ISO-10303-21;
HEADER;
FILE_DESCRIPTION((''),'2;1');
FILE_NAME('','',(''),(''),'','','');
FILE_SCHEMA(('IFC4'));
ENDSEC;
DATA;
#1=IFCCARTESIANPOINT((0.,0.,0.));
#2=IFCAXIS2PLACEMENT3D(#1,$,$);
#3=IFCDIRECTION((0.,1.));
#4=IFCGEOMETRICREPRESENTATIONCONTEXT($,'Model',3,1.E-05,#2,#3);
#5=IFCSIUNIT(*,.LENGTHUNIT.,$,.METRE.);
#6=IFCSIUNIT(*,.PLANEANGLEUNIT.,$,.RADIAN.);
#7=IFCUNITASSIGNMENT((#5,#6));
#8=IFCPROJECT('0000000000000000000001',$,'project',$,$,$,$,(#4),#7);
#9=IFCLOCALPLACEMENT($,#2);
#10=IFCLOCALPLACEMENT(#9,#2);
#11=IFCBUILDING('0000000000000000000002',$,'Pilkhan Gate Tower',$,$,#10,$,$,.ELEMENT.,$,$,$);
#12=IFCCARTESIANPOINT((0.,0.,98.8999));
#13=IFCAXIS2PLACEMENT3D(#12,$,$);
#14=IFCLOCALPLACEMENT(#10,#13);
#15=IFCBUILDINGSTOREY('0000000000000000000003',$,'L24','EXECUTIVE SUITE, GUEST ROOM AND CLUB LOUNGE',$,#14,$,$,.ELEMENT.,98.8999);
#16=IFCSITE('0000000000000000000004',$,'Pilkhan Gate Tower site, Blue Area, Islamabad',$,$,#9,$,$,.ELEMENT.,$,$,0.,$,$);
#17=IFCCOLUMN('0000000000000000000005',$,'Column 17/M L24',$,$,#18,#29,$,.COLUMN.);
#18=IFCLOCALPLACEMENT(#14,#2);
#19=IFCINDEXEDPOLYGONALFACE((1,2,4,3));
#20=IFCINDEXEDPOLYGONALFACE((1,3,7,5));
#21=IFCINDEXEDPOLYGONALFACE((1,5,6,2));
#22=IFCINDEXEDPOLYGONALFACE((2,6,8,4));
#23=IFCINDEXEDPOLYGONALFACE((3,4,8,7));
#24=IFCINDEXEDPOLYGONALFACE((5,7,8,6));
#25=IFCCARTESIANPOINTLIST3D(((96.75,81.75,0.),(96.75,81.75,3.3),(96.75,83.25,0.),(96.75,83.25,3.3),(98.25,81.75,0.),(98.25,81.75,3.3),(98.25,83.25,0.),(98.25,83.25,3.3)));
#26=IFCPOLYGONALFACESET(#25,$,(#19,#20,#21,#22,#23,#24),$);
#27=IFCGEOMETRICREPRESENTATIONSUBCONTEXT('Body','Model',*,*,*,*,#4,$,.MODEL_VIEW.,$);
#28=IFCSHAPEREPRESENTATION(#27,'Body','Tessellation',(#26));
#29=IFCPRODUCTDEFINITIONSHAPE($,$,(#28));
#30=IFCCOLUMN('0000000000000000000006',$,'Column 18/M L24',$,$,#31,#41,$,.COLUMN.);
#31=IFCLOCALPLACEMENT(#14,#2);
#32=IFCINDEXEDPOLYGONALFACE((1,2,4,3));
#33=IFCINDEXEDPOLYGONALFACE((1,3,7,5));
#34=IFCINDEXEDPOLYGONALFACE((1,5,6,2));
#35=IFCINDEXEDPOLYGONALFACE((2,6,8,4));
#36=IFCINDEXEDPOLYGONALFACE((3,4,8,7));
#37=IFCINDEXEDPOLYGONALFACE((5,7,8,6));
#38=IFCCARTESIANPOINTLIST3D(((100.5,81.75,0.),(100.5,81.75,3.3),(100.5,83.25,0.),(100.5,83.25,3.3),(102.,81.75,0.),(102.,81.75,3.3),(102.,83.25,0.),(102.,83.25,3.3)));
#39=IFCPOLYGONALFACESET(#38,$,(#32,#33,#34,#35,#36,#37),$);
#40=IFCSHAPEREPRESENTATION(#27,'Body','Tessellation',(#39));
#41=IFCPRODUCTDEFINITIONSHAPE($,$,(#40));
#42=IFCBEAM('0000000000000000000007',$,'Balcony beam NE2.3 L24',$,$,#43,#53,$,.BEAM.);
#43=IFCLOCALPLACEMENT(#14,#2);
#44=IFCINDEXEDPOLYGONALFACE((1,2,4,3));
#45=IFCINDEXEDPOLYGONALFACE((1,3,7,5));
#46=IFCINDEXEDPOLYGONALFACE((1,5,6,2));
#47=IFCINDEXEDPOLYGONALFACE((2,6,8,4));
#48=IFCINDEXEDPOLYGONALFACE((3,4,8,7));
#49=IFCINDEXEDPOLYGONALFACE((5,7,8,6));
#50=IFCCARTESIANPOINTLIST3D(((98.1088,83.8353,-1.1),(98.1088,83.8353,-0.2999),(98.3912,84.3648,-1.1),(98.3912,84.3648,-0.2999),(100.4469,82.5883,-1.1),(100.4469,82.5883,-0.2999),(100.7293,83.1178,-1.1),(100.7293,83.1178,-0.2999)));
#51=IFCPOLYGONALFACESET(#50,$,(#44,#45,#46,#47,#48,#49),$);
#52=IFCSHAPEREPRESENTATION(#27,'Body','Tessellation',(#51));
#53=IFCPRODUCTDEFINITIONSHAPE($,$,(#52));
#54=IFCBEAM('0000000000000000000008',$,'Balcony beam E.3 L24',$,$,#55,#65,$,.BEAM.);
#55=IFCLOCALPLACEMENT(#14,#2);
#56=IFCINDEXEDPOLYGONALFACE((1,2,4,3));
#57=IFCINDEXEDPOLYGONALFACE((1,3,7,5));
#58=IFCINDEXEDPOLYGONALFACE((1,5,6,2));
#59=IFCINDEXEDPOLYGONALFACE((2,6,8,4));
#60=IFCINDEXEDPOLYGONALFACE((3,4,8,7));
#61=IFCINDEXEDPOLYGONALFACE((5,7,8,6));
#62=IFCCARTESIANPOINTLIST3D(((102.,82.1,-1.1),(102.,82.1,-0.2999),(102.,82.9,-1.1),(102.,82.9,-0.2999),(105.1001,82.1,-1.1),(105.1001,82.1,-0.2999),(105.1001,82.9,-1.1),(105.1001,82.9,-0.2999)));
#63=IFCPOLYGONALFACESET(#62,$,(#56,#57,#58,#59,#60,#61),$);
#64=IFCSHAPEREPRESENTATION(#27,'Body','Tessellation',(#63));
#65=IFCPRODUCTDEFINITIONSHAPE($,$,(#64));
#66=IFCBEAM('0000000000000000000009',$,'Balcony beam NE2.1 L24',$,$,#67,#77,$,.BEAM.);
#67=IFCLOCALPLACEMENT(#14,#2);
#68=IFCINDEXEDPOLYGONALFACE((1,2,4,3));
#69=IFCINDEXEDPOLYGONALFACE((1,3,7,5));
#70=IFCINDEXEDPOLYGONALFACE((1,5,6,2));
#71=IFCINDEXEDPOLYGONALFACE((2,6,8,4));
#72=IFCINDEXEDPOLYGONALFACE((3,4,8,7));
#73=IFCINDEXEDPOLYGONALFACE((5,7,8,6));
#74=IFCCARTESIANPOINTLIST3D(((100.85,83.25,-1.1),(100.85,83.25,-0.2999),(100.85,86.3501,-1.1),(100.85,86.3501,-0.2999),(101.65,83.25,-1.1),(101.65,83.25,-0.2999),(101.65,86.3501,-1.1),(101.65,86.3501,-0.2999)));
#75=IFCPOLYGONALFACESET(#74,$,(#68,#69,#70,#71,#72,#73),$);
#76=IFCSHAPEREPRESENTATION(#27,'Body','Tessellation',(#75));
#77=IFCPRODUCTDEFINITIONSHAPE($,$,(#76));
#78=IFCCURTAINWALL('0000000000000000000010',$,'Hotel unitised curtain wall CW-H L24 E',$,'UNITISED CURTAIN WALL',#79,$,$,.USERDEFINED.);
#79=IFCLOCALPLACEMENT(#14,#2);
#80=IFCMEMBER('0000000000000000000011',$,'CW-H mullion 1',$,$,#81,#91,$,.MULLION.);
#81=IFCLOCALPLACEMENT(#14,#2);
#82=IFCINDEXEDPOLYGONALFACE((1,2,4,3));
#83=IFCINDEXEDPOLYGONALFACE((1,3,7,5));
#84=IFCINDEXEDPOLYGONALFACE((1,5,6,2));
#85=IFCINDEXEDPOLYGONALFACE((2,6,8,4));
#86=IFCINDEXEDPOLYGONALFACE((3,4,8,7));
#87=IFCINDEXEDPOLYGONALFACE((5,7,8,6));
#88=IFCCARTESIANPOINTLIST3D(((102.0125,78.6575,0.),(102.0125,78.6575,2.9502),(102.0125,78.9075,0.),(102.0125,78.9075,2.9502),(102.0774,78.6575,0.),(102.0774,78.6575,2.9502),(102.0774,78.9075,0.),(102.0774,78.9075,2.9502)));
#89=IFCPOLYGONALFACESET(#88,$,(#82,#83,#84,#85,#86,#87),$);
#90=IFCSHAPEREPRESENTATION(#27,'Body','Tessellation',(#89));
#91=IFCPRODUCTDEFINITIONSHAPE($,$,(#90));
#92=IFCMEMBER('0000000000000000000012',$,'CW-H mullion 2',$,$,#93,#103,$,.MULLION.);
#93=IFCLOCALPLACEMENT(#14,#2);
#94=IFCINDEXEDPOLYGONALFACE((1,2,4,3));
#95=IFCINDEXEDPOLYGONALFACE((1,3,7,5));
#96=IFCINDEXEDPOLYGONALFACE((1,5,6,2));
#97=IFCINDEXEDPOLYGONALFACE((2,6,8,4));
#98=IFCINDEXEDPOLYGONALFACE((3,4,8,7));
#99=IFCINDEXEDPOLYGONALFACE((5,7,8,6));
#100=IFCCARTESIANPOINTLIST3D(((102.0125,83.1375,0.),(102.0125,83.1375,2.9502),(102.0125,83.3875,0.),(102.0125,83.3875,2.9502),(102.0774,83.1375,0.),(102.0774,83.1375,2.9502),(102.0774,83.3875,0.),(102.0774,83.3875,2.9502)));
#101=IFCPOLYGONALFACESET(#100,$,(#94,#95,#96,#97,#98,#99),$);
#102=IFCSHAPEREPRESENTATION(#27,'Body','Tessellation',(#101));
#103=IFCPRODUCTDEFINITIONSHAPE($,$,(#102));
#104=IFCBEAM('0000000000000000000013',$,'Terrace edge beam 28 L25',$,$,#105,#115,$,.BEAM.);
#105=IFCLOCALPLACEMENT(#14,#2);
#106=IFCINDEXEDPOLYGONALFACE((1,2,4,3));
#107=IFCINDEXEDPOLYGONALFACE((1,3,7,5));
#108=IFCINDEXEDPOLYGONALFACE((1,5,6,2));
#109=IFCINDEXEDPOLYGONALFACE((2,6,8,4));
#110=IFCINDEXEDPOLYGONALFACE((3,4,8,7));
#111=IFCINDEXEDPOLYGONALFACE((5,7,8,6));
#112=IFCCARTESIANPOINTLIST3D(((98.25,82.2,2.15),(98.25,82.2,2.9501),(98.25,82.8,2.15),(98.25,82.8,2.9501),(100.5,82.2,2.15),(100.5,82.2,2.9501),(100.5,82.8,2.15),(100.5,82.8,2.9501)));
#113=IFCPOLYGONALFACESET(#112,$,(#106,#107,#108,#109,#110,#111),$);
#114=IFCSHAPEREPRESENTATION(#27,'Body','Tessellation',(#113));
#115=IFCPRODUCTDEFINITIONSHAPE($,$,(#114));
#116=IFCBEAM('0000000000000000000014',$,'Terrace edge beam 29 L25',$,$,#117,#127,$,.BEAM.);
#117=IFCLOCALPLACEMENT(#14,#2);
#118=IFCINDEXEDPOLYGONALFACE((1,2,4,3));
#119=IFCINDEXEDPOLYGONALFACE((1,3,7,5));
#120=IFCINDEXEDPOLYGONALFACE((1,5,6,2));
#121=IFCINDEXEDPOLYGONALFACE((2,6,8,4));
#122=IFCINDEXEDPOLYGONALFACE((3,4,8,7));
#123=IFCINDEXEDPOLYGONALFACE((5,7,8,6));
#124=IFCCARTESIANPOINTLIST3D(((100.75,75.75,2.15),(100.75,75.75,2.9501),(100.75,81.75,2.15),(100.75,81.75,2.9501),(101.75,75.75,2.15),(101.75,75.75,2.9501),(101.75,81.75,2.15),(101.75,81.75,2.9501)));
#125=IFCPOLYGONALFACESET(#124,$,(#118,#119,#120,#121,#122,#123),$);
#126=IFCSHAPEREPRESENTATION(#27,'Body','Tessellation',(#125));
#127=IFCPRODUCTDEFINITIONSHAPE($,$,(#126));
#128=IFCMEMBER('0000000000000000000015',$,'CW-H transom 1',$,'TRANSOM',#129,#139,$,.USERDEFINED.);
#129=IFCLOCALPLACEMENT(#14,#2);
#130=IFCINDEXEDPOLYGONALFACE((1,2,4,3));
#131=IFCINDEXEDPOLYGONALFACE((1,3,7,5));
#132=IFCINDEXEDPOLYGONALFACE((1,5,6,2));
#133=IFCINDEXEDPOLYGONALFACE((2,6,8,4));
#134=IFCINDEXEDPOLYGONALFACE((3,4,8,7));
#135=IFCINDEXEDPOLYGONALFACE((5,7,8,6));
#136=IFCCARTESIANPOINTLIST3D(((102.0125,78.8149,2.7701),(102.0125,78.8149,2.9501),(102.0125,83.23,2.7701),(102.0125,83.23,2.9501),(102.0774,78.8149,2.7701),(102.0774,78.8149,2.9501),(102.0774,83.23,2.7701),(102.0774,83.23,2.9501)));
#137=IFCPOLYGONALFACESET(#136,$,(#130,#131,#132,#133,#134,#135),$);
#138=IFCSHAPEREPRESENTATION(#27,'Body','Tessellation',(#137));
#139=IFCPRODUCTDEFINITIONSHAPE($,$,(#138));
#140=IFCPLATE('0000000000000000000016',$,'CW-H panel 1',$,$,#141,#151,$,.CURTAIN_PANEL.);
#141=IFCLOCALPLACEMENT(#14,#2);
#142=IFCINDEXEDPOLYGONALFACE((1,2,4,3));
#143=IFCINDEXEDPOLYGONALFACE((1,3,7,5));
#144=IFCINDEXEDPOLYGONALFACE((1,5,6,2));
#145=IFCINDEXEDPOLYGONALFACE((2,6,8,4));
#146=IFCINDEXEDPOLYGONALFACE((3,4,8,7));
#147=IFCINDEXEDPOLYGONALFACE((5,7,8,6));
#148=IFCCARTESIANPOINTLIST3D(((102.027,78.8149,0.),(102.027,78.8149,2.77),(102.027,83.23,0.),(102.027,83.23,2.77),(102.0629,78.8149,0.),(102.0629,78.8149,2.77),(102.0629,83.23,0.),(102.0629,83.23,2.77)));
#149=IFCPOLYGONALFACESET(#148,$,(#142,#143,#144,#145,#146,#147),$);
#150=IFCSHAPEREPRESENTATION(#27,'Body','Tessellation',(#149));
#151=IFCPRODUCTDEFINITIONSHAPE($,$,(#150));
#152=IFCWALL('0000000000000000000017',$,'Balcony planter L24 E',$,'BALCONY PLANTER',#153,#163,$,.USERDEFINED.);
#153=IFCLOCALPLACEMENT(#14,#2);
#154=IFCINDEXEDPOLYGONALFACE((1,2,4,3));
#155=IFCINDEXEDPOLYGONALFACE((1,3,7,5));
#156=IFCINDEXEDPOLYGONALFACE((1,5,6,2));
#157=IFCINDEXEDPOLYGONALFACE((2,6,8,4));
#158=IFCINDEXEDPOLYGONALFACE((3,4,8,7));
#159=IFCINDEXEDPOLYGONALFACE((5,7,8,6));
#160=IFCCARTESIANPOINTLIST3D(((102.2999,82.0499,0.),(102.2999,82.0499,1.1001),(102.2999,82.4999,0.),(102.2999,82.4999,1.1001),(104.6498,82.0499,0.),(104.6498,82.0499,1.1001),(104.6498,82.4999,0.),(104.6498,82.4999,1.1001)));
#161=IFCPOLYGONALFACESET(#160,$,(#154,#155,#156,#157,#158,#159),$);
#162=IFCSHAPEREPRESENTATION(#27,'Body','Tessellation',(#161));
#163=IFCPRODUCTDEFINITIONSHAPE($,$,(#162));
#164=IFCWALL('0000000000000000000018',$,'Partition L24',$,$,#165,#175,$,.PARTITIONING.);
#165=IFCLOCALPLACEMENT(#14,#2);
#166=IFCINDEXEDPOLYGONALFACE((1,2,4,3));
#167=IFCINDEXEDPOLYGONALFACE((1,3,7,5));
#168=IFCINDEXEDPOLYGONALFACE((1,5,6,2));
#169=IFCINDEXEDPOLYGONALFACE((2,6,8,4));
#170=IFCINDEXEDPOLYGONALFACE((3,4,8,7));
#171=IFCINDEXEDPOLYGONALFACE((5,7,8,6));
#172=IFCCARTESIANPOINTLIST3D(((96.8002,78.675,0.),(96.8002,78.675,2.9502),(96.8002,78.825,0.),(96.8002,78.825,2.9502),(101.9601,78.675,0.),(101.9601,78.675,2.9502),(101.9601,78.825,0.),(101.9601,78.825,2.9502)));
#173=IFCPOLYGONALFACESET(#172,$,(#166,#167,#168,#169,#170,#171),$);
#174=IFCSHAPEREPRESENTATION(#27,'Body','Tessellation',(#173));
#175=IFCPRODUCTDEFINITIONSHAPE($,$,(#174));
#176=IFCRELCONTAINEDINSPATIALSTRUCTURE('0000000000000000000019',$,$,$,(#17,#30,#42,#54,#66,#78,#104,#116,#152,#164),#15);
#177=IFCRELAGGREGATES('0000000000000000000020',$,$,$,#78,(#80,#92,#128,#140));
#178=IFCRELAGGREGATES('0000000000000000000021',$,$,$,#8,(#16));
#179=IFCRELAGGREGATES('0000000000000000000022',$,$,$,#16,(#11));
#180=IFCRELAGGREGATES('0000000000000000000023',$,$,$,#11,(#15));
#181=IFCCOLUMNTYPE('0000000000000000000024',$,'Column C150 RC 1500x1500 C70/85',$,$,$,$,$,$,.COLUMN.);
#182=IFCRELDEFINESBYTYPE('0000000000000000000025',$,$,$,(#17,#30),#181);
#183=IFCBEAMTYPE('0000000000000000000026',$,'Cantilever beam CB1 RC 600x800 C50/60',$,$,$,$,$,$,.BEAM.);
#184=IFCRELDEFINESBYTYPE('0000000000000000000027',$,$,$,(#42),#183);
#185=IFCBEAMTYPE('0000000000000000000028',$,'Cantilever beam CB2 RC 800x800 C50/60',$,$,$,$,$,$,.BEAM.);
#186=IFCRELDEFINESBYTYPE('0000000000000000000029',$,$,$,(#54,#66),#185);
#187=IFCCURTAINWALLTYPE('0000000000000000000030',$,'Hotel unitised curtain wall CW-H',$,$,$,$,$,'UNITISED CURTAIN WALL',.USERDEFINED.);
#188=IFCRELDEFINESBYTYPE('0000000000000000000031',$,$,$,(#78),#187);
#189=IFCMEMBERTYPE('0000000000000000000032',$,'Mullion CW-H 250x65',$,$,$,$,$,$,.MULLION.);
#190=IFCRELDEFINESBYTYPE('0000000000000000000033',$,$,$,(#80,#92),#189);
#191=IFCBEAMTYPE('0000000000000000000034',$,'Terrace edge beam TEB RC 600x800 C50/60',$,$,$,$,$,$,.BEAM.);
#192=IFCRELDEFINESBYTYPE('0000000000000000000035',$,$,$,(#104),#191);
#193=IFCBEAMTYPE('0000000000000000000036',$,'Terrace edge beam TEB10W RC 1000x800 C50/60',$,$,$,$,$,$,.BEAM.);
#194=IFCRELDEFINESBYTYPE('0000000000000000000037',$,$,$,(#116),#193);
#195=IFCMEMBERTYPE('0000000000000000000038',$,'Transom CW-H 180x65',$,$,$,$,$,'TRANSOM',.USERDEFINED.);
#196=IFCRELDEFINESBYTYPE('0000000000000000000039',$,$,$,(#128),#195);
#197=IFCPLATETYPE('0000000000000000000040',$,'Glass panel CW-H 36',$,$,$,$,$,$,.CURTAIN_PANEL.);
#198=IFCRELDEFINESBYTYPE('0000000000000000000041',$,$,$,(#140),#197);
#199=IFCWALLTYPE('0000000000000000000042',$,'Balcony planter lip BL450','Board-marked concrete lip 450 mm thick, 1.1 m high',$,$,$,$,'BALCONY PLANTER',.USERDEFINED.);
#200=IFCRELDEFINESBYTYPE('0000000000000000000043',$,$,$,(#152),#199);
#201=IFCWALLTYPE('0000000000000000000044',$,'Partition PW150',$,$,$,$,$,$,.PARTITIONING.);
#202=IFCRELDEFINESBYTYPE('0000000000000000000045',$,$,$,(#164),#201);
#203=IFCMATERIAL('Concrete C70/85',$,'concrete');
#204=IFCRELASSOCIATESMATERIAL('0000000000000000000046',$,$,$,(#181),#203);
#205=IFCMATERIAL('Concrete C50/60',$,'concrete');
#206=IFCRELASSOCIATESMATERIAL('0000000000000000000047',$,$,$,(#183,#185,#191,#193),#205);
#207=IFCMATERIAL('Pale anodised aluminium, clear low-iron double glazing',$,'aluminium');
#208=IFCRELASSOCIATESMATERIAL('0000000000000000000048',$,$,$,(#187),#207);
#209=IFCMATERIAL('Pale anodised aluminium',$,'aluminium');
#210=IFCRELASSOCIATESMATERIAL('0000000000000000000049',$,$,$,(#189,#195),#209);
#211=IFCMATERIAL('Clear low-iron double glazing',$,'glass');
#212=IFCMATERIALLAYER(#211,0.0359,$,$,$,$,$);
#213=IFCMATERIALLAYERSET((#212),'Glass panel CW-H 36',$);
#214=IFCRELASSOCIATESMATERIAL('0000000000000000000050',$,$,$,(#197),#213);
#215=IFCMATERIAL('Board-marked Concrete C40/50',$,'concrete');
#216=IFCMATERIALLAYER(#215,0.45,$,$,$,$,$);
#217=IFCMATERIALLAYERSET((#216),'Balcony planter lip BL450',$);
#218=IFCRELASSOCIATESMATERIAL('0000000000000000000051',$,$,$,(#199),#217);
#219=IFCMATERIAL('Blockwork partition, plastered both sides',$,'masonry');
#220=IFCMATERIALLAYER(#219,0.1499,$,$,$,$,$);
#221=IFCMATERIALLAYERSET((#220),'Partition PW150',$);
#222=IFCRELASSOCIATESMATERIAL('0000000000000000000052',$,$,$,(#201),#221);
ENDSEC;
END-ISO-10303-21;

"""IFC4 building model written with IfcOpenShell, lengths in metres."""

from ifc_helpers import new_model, si_unit, direction, frame, frame_2d, origin, origin_2d, place, context, subcontext, project, spatial, rectangle, extrude, material, layer, layer_set, material_profile, profile_set, type_object, element, aggregate, save


model = new_model("IFC4")

# Units and contexts
model_context = context("Model", 3, precision=1e-05, world=origin(), true_north=direction((0.0, 1.0)))
body_context = subcontext(model_context, "Body", "Model", "MODEL_VIEW")
ifc_project = project(units=[si_unit("LENGTHUNIT", "METRE"), si_unit("PLANEANGLEUNIT", "RADIAN")], contexts=[model_context])

# Site, building, storey
site_placement = place(None, origin())
site = spatial("IfcSite", under=ifc_project, at=site_placement, Name="Pilkhan Gate Tower site, Blue Area, Islamabad", CompositionType="ELEMENT", RefElevation=0.0)
building_placement = place(site_placement, origin())
building = spatial("IfcBuilding", under=site, at=building_placement, Name="Pilkhan Gate Tower", CompositionType="ELEMENT")
storey_placement = place(building_placement, frame((0.0, 0.0, 98.8999)))
storey = spatial("IfcBuildingStorey", under=building, at=storey_placement, Name="L24", Description="EXECUTIVE SUITE, GUEST ROOM AND CLUB LOUNGE", CompositionType="ELEMENT", Elevation=98.8999)

# Columns
ifc_material_1 = material(Name="Concrete C70/85", Category="concrete")
ifc_material_profile_1 = material_profile(ifc_material_1, rectangle(XDim=1.5, YDim=1.5, at=origin_2d()), Name="RC 1500x1500")
ifc_profile_set_1 = profile_set([ifc_material_profile_1], Name="Concrete C70/85")
column_type = type_object("IfcColumnType", Name="Column C150 RC 1500x1500 C70/85", PredefinedType="COLUMN", material=ifc_profile_set_1)
for number, where, z_axis, x_axis, name in (
    (1, (97.5, 82.5, 0.0), (0.0, 0.0, 1.0), (1.0, 0.0, 0.0), "Column 17/M L24"),
    (2, (101.25, 82.5, 0.0), (0.0, 0.0, 1.0), (1.0, 0.0, 0.0), "Column 18/M L24"),
):
    element("IfcColumn", number, at=place(storey_placement, frame(where, z_axis=z_axis, x_axis=x_axis)), inside=storey, type_object=column_type, Name=name, PredefinedType="COLUMN", context=body_context, shape_type="SweptSolid", body=[
        extrude(rectangle(XDim=1.5, YDim=1.5, at=origin_2d()), origin(), (0.0, 0.0, 1.0), 3.3),
    ])

# Beams
ifc_material_2 = material(Name="Concrete C50/60", Category="concrete")
ifc_material_profile_2 = material_profile(ifc_material_2, rectangle(XDim=0.6001, YDim=0.8, at=origin_2d()), Name="RC 600x800")
ifc_profile_set_2 = profile_set([ifc_material_profile_2], Name="Concrete C50/60")
beam_type_1 = type_object("IfcBeamType", Name="Cantilever beam CB1 RC 600x800 C50/60", PredefinedType="BEAM", material=ifc_profile_set_2)
beam_1_placement = place(storey_placement, frame((100.5881, 82.853, -0.7), z_axis=(-0.882343, 0.470607, 0.0), x_axis=(-0.470607, -0.882343, 0.0)))
element("IfcBeam", 3, at=beam_1_placement, inside=storey, type_object=beam_type_1, Name="Balcony beam NE2.3 L24", PredefinedType="BEAM", context=body_context, shape_type="SweptSolid", body=[
    extrude(rectangle(XDim=0.6001, YDim=0.8, at=origin_2d()), origin(), (0.0, 0.0, 1.0), 2.6499),
])
ifc_material_profile_3 = material_profile(ifc_material_2, rectangle(XDim=0.8, YDim=0.8, at=origin_2d()), Name="RC 800x800")
ifc_profile_set_3 = profile_set([ifc_material_profile_3], Name="Concrete C50/60")
beam_type_2 = type_object("IfcBeamType", Name="Cantilever beam CB2 RC 800x800 C50/60", PredefinedType="BEAM", material=ifc_profile_set_3)
for number, where, z_axis, x_axis, name in (
    (4, (102.0, 82.5, -0.7), (1.0, 0.0, 0.0), (0.0, 1.0, 0.0), "Balcony beam E.3 L24"),
    (5, (101.25, 83.25, -0.7), (0.0, 1.0, 0.0), (-1.0, 0.0, 0.0), "Balcony beam NE2.1 L24"),
):
    element("IfcBeam", number, at=place(storey_placement, frame(where, z_axis=z_axis, x_axis=x_axis)), inside=storey, type_object=beam_type_2, Name=name, PredefinedType="BEAM", context=body_context, shape_type="SweptSolid", body=[
        extrude(rectangle(XDim=0.8, YDim=0.8, at=origin_2d()), origin(), (0.0, 0.0, 1.0), 3.1001),
    ])

# Curtain wall, members
ifc_material_3 = material(Name="Pale anodised aluminium, clear low-iron double glazing", Category="aluminium")
curtain_wall_type = type_object("IfcCurtainWallType", Name="Hotel unitised curtain wall CW-H", ElementType="UNITISED CURTAIN WALL", PredefinedType="USERDEFINED", material=ifc_material_3)
curtain_wall_placement = place(storey_placement, origin())
curtain_wall = element("IfcCurtainWall", 6, at=curtain_wall_placement, inside=storey, type_object=curtain_wall_type, Name="Hotel unitised curtain wall CW-H L24 E", ObjectType="UNITISED CURTAIN WALL", PredefinedType="USERDEFINED")
ifc_material_4 = material(Name="Pale anodised aluminium", Category="aluminium")
ifc_material_profile_4 = material_profile(ifc_material_4, rectangle(XDim=0.0649, YDim=0.25, at=origin_2d()), Name="Mullion 250x65")
ifc_profile_set_4 = profile_set([ifc_material_profile_4], Name="Pale anodised aluminium")
member_type_1 = type_object("IfcMemberType", Name="Mullion CW-H 250x65", PredefinedType="MULLION", material=ifc_profile_set_4)
member_1_placement = place(storey_placement, frame((102.0449, 78.7825, 0.0), z_axis=(0.0, 0.0, 1.0), x_axis=(-1.0, 0.0, 0.0)))
member_1 = element("IfcMember", 7, at=member_1_placement, type_object=member_type_1, Name="CW-H mullion 1", PredefinedType="MULLION", context=body_context, shape_type="SweptSolid", body=[
    extrude(rectangle(XDim=0.0649, YDim=0.25, at=origin_2d()), origin(), (0.0, 0.0, 1.0), 2.9502),
])
member_2_placement = place(storey_placement, frame((102.0449, 83.2625, 0.0), z_axis=(0.0, 0.0, 1.0), x_axis=(-1.0, 0.0, 0.0)))
member_2 = element("IfcMember", 8, at=member_2_placement, type_object=member_type_1, Name="CW-H mullion 2", PredefinedType="MULLION", context=body_context, shape_type="SweptSolid", body=[
    extrude(rectangle(XDim=0.0649, YDim=0.25, at=origin_2d()), origin(), (0.0, 0.0, 1.0), 2.9502),
])

# Beams
ifc_material_profile_5 = material_profile(ifc_material_2, rectangle(XDim=0.6001, YDim=0.8, at=origin_2d()), Name="RC 600x800")
ifc_profile_set_5 = profile_set([ifc_material_profile_5], Name="Concrete C50/60")
beam_type_3 = type_object("IfcBeamType", Name="Terrace edge beam TEB RC 600x800 C50/60", PredefinedType="BEAM", material=ifc_profile_set_5)
beam_2_placement = place(storey_placement, frame((98.25, 82.5, 2.55), z_axis=(1.0, 0.0, 0.0), x_axis=(0.0, 1.0, 0.0)))
element("IfcBeam", 9, at=beam_2_placement, inside=storey, type_object=beam_type_3, Name="Terrace edge beam 28 L25", PredefinedType="BEAM", context=body_context, shape_type="SweptSolid", body=[
    extrude(rectangle(XDim=0.6001, YDim=0.8, at=origin_2d()), origin(), (0.0, 0.0, 1.0), 2.25),
])
ifc_material_profile_6 = material_profile(ifc_material_2, rectangle(XDim=1.0, YDim=0.8, at=origin_2d()), Name="RC 1000x800")
ifc_profile_set_6 = profile_set([ifc_material_profile_6], Name="Concrete C50/60")
beam_type_4 = type_object("IfcBeamType", Name="Terrace edge beam TEB10W RC 1000x800 C50/60", PredefinedType="BEAM", material=ifc_profile_set_6)
beam_3_placement = place(storey_placement, frame((101.25, 81.75, 2.55), z_axis=(0.0, -1.0, 0.0), x_axis=(1.0, 0.0, 0.0)))
element("IfcBeam", 10, at=beam_3_placement, inside=storey, type_object=beam_type_4, Name="Terrace edge beam 29 L25", PredefinedType="BEAM", context=body_context, shape_type="SweptSolid", body=[
    extrude(rectangle(XDim=1.0, YDim=0.8, at=origin_2d()), origin(), (0.0, 0.0, 1.0), 6.0),
])

# Member
ifc_material_profile_7 = material_profile(ifc_material_4, rectangle(XDim=0.0649, YDim=0.1799, at=origin_2d()), Name="Transom 180x65")
ifc_profile_set_7 = profile_set([ifc_material_profile_7], Name="Pale anodised aluminium")
member_type_2 = type_object("IfcMemberType", Name="Transom CW-H 180x65", ElementType="TRANSOM", PredefinedType="USERDEFINED", material=ifc_profile_set_7)
member_3_placement = place(storey_placement, frame((102.0449, 78.8149, 2.8601), z_axis=(0.0, 1.0, 0.0), x_axis=(-1.0, 0.0, 0.0)))
member_3 = element("IfcMember", 11, at=member_3_placement, type_object=member_type_2, Name="CW-H transom 1", ObjectType="TRANSOM", PredefinedType="USERDEFINED", context=body_context, shape_type="SweptSolid", body=[
    extrude(rectangle(XDim=0.0649, YDim=0.1799, at=origin_2d()), origin(), (0.0, 0.0, 1.0), 4.415),
])

# Plate
ifc_material_5 = material(Name="Clear low-iron double glazing", Category="glass")
ifc_layer_1 = layer(ifc_material_5, 0.0359)
ifc_layer_set_1 = layer_set([ifc_layer_1], Name="Glass panel CW-H 36")
plate_type = type_object("IfcPlateType", Name="Glass panel CW-H 36", PredefinedType="CURTAIN_PANEL", material=ifc_layer_set_1)
plate_placement = place(storey_placement, frame((102.0449, 81.0225, 0.0), z_axis=(0.0, 0.0, 1.0), x_axis=(0.0, 1.0, 0.0)))
plate = element("IfcPlate", 12, at=plate_placement, type_object=plate_type, Name="CW-H panel 1", PredefinedType="CURTAIN_PANEL", context=body_context, shape_type="SweptSolid", body=[
    extrude(rectangle(XDim=4.415, YDim=0.0359, at=origin_2d()), origin(), (0.0, 0.0, 1.0), 2.77),
])
aggregate(curtain_wall, [member_1, member_2, member_3, plate])

# Walls
ifc_material_6 = material(Name="Board-marked Concrete C40/50", Category="concrete")
ifc_layer_2 = layer(ifc_material_6, 0.45)
ifc_layer_set_2 = layer_set([ifc_layer_2], Name="Balcony planter lip BL450")
wall_type_1 = type_object("IfcWallType", Name="Balcony planter lip BL450", Description="Board-marked concrete lip 450 mm thick, 1.1 m high", ElementType="BALCONY PLANTER", PredefinedType="USERDEFINED", material=ifc_layer_set_2)
wall_1_placement = place(storey_placement, frame((102.3, 82.2749, 0.0), z_axis=(0.0, 0.0, 1.0), x_axis=(1.0, 0.0, 0.0)))
element("IfcWall", 13, at=wall_1_placement, inside=storey, type_object=wall_type_1, Name="Balcony planter L24 E", ObjectType="BALCONY PLANTER", PredefinedType="USERDEFINED", context=body_context, shape_type="SweptSolid", body=[
    extrude(rectangle(XDim=2.3499, YDim=0.45, at=frame_2d((1.1748, 0.0))), origin(), (0.0, 0.0, 1.0), 1.1001),
])
ifc_material_7 = material(Name="Blockwork partition, plastered both sides", Category="masonry")
ifc_layer_3 = layer(ifc_material_7, 0.1499)
ifc_layer_set_3 = layer_set([ifc_layer_3], Name="Partition PW150")
wall_type_2 = type_object("IfcWallType", Name="Partition PW150", PredefinedType="PARTITIONING", material=ifc_layer_set_3)
wall_2_placement = place(storey_placement, frame((96.8, 78.75, 0.0), z_axis=(0.0, 0.0, 1.0), x_axis=(1.0, 0.0, 0.0)))
element("IfcWall", 14, at=wall_2_placement, inside=storey, type_object=wall_type_2, Name="Partition L24", PredefinedType="PARTITIONING", context=body_context, shape_type="SweptSolid", body=[
    extrude(rectangle(XDim=5.1599, YDim=0.1499, at=frame_2d((2.5801, 0.0))), origin(), (0.0, 0.0, 1.0), 2.9502),
])

save(model, "model.ifc")
